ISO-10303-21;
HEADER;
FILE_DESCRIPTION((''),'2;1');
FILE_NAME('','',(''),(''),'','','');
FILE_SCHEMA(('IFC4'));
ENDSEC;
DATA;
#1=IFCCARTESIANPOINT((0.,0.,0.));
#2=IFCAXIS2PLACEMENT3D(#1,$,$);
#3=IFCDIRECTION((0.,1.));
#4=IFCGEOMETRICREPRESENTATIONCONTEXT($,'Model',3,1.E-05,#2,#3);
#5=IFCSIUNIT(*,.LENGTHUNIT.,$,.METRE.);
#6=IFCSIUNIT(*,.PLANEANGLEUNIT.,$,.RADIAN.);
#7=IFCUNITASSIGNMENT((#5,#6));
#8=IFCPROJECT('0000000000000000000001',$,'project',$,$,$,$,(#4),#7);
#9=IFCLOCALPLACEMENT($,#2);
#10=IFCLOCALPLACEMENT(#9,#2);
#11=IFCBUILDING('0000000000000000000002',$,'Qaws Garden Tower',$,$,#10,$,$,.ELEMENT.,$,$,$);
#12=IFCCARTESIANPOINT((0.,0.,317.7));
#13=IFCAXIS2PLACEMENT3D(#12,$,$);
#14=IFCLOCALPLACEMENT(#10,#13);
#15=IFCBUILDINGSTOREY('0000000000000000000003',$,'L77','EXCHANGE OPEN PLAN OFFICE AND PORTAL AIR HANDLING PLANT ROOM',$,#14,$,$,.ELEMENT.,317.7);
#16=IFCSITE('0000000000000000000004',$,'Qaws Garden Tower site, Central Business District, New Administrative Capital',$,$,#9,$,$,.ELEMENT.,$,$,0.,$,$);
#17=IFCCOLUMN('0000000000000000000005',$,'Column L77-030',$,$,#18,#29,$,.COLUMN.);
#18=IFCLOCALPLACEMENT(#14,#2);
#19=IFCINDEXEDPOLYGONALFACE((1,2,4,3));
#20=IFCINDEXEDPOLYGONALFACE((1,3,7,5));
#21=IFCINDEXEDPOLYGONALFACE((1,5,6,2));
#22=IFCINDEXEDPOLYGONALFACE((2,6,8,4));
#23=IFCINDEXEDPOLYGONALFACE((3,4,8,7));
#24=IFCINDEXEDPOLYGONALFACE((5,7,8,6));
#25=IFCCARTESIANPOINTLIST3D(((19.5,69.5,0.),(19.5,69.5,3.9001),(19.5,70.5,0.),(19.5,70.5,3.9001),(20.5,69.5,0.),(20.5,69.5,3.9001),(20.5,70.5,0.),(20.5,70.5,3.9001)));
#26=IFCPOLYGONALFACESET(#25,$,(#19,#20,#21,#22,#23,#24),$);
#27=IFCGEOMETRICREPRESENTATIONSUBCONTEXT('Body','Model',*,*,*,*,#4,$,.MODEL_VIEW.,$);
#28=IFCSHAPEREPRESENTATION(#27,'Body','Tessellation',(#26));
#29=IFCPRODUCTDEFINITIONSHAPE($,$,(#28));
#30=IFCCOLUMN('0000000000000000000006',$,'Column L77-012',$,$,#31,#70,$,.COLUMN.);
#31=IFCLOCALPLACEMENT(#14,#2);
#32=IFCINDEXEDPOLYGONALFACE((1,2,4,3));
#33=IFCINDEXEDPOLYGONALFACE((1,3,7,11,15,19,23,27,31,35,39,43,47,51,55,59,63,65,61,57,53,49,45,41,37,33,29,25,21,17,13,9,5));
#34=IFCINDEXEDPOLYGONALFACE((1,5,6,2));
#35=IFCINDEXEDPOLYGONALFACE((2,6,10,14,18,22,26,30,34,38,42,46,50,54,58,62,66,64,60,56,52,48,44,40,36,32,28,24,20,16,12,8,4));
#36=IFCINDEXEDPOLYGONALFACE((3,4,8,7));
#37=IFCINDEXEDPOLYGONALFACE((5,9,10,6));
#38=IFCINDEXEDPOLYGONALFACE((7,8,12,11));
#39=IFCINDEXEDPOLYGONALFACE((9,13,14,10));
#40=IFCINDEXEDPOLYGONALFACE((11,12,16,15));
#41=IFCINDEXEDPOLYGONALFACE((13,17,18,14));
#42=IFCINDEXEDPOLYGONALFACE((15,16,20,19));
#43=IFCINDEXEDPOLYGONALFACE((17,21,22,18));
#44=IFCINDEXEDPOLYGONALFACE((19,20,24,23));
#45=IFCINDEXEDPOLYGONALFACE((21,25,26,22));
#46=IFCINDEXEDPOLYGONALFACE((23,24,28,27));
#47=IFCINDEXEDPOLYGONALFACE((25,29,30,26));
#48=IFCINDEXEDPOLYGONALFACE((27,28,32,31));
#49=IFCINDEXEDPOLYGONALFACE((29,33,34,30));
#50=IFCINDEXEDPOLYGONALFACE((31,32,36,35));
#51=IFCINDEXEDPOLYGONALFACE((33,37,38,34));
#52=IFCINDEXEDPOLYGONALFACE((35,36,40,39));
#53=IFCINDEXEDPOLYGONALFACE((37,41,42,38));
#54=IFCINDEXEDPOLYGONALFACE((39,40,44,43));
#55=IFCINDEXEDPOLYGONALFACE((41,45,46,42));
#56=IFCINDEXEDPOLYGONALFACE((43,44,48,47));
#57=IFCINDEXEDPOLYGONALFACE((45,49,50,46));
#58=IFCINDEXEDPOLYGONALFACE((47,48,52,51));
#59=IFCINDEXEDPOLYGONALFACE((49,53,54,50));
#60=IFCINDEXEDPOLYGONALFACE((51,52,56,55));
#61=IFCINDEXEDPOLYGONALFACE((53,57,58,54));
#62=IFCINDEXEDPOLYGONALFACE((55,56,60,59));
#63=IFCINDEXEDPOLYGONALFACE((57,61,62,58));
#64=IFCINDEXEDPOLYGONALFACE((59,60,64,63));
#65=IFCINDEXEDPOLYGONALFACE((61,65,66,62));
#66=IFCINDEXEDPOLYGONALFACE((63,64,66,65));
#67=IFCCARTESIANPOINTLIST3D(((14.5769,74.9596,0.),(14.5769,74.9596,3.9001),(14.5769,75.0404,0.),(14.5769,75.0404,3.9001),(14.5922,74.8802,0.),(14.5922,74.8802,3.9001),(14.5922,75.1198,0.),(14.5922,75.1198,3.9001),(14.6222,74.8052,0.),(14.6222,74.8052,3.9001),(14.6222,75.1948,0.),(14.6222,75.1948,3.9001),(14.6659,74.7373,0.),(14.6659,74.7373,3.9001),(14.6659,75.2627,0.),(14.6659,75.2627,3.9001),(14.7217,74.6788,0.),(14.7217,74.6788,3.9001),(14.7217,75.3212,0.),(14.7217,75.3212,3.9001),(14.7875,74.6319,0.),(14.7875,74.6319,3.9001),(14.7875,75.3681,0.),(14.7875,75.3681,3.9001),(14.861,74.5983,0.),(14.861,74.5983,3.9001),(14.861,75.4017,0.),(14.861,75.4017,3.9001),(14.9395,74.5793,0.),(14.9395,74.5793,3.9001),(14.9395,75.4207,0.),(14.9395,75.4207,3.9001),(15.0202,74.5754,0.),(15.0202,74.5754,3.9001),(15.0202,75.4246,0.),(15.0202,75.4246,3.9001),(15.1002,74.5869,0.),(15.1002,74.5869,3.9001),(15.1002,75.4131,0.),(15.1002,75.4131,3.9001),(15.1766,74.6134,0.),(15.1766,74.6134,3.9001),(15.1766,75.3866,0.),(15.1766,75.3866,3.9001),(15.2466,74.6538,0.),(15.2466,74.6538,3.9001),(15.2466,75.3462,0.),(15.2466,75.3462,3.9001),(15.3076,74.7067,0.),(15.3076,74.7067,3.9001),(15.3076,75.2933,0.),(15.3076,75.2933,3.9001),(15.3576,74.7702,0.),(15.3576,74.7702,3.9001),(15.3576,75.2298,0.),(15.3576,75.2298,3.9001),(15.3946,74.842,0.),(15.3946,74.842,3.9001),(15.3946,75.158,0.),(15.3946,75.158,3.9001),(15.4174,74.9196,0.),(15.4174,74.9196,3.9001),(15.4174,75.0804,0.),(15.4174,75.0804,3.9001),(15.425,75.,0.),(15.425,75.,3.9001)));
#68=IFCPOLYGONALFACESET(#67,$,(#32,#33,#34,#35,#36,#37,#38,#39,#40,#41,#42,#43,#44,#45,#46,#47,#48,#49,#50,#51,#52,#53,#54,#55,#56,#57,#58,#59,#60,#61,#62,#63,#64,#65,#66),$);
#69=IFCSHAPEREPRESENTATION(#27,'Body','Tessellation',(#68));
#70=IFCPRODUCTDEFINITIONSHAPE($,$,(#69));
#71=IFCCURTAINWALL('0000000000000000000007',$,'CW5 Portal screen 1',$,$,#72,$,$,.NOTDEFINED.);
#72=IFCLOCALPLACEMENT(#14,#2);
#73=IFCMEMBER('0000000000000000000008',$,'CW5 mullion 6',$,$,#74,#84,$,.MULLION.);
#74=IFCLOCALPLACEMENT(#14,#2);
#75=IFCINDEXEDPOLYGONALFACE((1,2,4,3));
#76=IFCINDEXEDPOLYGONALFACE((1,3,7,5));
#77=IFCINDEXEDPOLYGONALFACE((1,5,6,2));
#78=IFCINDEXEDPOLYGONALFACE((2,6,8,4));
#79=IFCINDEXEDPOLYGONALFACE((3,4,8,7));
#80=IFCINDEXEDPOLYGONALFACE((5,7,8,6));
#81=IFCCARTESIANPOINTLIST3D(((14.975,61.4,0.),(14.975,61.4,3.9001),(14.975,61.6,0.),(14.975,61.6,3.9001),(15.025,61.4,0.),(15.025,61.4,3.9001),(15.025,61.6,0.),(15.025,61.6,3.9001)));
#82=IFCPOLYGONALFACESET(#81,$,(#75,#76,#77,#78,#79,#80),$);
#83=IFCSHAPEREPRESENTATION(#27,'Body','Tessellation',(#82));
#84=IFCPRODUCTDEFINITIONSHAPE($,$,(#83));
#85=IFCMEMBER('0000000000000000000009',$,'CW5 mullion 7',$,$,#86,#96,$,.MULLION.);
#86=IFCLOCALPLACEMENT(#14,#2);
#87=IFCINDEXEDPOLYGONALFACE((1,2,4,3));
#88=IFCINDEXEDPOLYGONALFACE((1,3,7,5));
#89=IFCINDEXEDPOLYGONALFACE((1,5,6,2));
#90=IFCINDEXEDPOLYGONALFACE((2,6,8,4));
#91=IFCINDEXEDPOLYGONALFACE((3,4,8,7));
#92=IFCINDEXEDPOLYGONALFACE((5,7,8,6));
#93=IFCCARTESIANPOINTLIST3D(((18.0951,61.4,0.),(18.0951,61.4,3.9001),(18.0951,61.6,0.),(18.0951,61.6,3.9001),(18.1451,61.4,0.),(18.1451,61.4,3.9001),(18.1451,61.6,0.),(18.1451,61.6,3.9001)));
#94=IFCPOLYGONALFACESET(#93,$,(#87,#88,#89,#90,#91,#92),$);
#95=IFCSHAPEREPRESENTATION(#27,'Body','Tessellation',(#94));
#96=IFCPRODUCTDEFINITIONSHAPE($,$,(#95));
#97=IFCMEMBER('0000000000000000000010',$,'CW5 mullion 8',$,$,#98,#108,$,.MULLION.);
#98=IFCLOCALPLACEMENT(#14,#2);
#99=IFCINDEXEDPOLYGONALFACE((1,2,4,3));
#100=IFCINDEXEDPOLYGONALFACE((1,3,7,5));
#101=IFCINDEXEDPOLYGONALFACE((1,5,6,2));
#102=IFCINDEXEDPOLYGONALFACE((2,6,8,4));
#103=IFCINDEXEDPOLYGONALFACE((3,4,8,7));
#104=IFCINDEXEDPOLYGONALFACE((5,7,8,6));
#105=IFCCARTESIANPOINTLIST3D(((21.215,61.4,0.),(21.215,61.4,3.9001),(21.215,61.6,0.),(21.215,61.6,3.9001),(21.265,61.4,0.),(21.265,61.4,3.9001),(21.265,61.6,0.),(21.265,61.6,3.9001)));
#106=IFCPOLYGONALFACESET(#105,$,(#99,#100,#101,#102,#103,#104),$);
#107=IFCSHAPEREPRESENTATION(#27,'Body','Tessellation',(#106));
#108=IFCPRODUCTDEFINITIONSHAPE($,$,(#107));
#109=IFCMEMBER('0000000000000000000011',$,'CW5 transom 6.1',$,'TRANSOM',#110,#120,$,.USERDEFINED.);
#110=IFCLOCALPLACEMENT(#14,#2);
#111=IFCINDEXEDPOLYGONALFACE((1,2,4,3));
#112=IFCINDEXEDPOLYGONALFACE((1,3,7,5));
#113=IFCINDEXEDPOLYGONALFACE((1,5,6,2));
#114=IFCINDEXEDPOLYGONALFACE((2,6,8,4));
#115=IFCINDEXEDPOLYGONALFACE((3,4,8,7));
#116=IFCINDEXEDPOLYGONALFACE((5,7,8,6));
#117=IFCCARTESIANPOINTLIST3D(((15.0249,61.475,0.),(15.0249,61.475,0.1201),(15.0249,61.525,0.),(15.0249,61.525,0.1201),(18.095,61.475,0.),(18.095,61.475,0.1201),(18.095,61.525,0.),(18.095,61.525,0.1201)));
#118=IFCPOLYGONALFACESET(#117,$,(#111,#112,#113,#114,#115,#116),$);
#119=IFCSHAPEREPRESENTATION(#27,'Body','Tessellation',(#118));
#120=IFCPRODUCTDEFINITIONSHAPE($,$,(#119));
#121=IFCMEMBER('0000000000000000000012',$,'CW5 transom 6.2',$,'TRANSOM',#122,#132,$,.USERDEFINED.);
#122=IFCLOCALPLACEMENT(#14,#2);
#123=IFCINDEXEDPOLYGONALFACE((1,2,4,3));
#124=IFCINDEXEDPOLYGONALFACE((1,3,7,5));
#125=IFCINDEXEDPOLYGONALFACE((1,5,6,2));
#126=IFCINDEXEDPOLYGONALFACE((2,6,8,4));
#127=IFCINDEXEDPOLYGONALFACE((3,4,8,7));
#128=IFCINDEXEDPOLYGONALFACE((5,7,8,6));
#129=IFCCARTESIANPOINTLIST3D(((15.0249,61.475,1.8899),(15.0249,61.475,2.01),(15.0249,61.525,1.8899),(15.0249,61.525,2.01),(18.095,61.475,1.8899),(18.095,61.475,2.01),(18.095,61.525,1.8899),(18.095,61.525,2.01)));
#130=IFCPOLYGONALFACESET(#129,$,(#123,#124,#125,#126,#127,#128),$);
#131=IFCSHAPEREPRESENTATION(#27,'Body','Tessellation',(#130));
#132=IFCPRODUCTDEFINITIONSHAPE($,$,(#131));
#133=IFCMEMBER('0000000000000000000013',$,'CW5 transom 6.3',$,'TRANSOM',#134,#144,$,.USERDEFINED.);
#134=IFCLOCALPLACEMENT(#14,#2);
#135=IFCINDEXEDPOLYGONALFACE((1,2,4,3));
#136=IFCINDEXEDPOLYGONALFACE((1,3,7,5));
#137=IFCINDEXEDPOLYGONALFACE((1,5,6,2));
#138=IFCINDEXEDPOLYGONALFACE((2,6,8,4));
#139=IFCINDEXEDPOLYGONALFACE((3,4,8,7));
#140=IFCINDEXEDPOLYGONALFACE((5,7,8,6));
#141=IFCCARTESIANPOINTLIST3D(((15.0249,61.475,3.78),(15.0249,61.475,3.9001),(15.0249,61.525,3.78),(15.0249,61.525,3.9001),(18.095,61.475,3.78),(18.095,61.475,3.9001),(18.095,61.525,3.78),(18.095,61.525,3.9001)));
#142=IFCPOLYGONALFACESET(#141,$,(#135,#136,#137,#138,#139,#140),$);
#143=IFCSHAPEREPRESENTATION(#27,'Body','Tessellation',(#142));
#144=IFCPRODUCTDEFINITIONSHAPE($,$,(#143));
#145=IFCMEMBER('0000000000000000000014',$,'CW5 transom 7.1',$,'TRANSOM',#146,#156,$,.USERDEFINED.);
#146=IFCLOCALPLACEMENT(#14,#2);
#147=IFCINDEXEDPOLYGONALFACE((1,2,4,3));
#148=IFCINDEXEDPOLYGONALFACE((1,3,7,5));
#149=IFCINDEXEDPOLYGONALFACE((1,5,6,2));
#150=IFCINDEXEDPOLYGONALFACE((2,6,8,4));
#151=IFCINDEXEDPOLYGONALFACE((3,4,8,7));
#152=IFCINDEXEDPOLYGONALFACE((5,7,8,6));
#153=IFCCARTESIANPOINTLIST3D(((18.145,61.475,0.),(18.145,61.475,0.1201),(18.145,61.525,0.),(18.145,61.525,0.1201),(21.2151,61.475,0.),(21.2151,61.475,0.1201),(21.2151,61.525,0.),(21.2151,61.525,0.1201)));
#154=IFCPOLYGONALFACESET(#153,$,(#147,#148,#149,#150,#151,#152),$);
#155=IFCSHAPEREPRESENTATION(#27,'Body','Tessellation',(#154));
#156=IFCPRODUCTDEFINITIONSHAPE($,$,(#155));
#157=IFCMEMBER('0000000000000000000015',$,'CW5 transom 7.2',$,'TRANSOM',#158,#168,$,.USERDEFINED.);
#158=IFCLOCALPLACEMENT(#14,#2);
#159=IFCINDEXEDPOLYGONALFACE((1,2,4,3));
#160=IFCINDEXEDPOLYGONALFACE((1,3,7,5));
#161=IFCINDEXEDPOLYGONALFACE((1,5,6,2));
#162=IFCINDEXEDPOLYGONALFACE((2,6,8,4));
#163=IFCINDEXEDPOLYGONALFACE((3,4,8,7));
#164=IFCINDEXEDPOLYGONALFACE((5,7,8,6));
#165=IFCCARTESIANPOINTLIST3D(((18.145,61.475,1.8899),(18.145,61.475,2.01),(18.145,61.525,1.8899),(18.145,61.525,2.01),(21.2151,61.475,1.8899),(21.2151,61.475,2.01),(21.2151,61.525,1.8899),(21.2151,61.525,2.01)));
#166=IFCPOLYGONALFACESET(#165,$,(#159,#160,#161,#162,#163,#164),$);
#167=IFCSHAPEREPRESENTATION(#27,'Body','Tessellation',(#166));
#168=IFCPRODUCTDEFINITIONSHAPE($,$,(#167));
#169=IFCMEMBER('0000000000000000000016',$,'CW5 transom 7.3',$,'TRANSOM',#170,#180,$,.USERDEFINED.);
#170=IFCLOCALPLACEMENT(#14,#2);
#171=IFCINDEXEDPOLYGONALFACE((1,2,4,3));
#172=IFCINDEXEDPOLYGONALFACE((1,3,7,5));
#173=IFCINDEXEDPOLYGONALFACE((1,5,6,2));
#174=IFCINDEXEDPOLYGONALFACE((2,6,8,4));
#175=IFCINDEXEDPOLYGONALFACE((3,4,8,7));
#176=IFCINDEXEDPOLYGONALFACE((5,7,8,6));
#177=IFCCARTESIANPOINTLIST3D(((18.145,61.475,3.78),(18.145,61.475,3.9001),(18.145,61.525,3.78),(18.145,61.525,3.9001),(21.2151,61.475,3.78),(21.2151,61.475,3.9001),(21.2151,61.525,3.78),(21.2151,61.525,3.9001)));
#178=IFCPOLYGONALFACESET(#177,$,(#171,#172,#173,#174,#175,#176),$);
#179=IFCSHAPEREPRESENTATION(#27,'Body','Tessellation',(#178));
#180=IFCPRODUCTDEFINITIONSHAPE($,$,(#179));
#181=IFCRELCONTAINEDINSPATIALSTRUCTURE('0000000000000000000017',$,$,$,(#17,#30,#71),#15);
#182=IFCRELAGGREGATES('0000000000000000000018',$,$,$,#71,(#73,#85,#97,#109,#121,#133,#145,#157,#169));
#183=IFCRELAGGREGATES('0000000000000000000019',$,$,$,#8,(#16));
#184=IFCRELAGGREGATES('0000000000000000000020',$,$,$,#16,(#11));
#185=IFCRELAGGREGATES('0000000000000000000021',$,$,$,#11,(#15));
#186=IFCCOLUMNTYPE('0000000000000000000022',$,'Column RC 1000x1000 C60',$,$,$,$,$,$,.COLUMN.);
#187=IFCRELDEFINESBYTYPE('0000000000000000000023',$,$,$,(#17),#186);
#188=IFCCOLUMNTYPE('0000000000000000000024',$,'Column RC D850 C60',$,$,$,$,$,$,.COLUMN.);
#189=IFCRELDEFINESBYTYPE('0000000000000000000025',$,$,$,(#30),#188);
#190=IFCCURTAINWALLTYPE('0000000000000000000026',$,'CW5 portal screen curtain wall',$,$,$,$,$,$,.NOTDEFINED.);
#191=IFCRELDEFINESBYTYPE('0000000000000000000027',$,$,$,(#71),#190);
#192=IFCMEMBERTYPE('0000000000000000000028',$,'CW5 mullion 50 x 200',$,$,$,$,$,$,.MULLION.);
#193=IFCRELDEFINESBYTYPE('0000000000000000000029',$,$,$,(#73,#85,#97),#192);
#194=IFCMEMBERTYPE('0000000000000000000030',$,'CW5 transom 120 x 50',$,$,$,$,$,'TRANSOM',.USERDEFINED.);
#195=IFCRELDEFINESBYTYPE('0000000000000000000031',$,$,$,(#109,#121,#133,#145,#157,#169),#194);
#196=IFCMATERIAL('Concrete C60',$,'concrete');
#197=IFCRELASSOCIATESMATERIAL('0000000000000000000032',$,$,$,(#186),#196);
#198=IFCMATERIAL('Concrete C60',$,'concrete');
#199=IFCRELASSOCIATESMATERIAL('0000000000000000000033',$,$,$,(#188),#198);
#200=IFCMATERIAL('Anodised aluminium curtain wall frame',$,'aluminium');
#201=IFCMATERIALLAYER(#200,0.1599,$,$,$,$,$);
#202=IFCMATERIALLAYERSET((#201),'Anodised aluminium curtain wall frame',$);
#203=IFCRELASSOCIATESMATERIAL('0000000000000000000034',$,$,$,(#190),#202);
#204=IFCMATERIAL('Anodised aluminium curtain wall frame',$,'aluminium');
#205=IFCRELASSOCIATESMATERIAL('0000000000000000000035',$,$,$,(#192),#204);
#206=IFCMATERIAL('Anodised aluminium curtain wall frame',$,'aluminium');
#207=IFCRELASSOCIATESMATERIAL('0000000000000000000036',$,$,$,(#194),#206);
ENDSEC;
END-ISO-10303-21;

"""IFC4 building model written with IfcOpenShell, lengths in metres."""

from ifc_helpers import new_model, si_unit, direction, frame, origin, origin_2d, place, context, subcontext, project, spatial, rectangle, circle, extrude, material, layer, layer_set, material_profile, profile_set, type_object, element, aggregate, save


model = new_model("IFC4")

# Units and contexts
model_context = context("Model", 3, precision=1e-05, world=origin(), true_north=direction((0.0, 1.0)))
body_context = subcontext(model_context, "Body", "Model", "MODEL_VIEW")
ifc_project = project(units=[si_unit("LENGTHUNIT", "METRE"), si_unit("PLANEANGLEUNIT", "RADIAN")], contexts=[model_context])

# Site, building, storey
site_placement = place(None, origin())
site = spatial("IfcSite", under=ifc_project, at=site_placement, Name="Qaws Garden Tower site, Central Business District, New Administrative Capital", CompositionType="ELEMENT", RefElevation=0.0)
building_placement = place(site_placement, origin())
building = spatial("IfcBuilding", under=site, at=building_placement, Name="Qaws Garden Tower", CompositionType="ELEMENT")
storey_placement = place(building_placement, frame((0.0, 0.0, 317.7)))
storey = spatial("IfcBuildingStorey", under=building, at=storey_placement, Name="L77", Description="EXCHANGE OPEN PLAN OFFICE AND PORTAL AIR HANDLING PLANT ROOM", CompositionType="ELEMENT", Elevation=317.7)

# Columns
ifc_material_1 = material(Name="Concrete C60", Category="concrete")
ifc_material_profile_1 = material_profile(ifc_material_1, rectangle(XDim=1.0, YDim=1.0, at=origin_2d()), Name="RC 1000x1000")
ifc_profile_set_1 = profile_set([ifc_material_profile_1], Name="Concrete C60")
column_type_1 = type_object("IfcColumnType", Name="Column RC 1000x1000 C60", PredefinedType="COLUMN", material=ifc_profile_set_1)
column_1_placement = place(storey_placement, frame((20.0, 70.0, 0.0), z_axis=(0.0, 0.0, 1.0), x_axis=(1.0, 0.0, 0.0)))
element("IfcColumn", 1, at=column_1_placement, inside=storey, type_object=column_type_1, Name="Column L77-030", PredefinedType="COLUMN", context=body_context, shape_type="SweptSolid", body=[
    extrude(rectangle(XDim=1.0, YDim=1.0, at=origin_2d()), origin(), (0.0, 0.0, 1.0), 3.9001),
])
ifc_material_2 = material(Name="Concrete C60", Category="concrete")
ifc_material_profile_2 = material_profile(ifc_material_2, circle(Radius=0.425, at=origin_2d()), Name="RC D850")
ifc_profile_set_2 = profile_set([ifc_material_profile_2], Name="Concrete C60")
column_type_2 = type_object("IfcColumnType", Name="Column RC D850 C60", PredefinedType="COLUMN", material=ifc_profile_set_2)
column_2_placement = place(storey_placement, frame((15.0, 75.0, 0.0), z_axis=(0.0, 0.0, 1.0), x_axis=(1.0, 0.0, 0.0)))
element("IfcColumn", 2, at=column_2_placement, inside=storey, type_object=column_type_2, Name="Column L77-012", PredefinedType="COLUMN", context=body_context, shape_type="SweptSolid", body=[
    extrude(circle(Radius=0.425, at=origin_2d()), origin(), (0.0, 0.0, 1.0), 3.9001),
])

# Curtain wall, members
ifc_material_3 = material(Name="Anodised aluminium curtain wall frame", Category="aluminium")
ifc_layer_1 = layer(ifc_material_3, 0.1599)
ifc_layer_set_1 = layer_set([ifc_layer_1], Name="Anodised aluminium curtain wall frame")
curtain_wall_type = type_object("IfcCurtainWallType", Name="CW5 portal screen curtain wall", PredefinedType="NOTDEFINED", material=ifc_layer_set_1)
placement = place(storey_placement, origin())
curtain_wall = element("IfcCurtainWall", 3, at=placement, inside=storey, type_object=curtain_wall_type, Name="CW5 Portal screen 1", PredefinedType="NOTDEFINED")
ifc_material_4 = material(Name="Anodised aluminium curtain wall frame", Category="aluminium")
ifc_material_profile_3 = material_profile(ifc_material_4, rectangle(XDim=0.2, YDim=0.05, at=origin_2d()), Name="AL 50x200")
ifc_profile_set_3 = profile_set([ifc_material_profile_3], Name="Anodised aluminium curtain wall frame")
member_type_1 = type_object("IfcMemberType", Name="CW5 mullion 50 x 200", PredefinedType="MULLION", material=ifc_profile_set_3)
member_1_placement = place(storey_placement, frame((15.0, 61.5, 0.0), z_axis=(0.0, 0.0, 1.0), x_axis=(0.0, 1.0, 0.0)))
member_1 = element("IfcMember", 4, at=member_1_placement, type_object=member_type_1, Name="CW5 mullion 6", PredefinedType="MULLION", context=body_context, shape_type="SweptSolid", body=[
    extrude(rectangle(XDim=0.2, YDim=0.05, at=origin_2d()), origin(), (0.0, 0.0, 1.0), 3.9001),
])
member_2_placement = place(storey_placement, frame((18.1201, 61.5, 0.0), z_axis=(0.0, 0.0, 1.0), x_axis=(0.0, 1.0, 0.0)))
member_2 = element("IfcMember", 5, at=member_2_placement, type_object=member_type_1, Name="CW5 mullion 7", PredefinedType="MULLION", context=body_context, shape_type="SweptSolid", body=[
    extrude(rectangle(XDim=0.2, YDim=0.05, at=origin_2d()), origin(), (0.0, 0.0, 1.0), 3.9001),
])
member_3_placement = place(storey_placement, frame((21.24, 61.5, 0.0), z_axis=(0.0, 0.0, 1.0), x_axis=(0.0, 1.0, 0.0)))
member_3 = element("IfcMember", 6, at=member_3_placement, type_object=member_type_1, Name="CW5 mullion 8", PredefinedType="MULLION", context=body_context, shape_type="SweptSolid", body=[
    extrude(rectangle(XDim=0.2, YDim=0.05, at=origin_2d()), origin(), (0.0, 0.0, 1.0), 3.9001),
])
ifc_material_5 = material(Name="Anodised aluminium curtain wall frame", Category="aluminium")
ifc_material_profile_4 = material_profile(ifc_material_5, rectangle(XDim=0.05, YDim=0.1201, at=origin_2d()), Name="AL 50x120")
ifc_profile_set_4 = profile_set([ifc_material_profile_4], Name="Anodised aluminium curtain wall frame")
member_type_2 = type_object("IfcMemberType", Name="CW5 transom 120 x 50", ElementType="TRANSOM", PredefinedType="USERDEFINED", material=ifc_profile_set_4)
member_4_placement = place(storey_placement, frame((15.0249, 61.5, 0.0601), z_axis=(1.0, 0.0, 0.0), x_axis=(0.0, 1.0, 0.0)))
member_4 = element("IfcMember", 7, at=member_4_placement, type_object=member_type_2, Name="CW5 transom 6.1", ObjectType="TRANSOM", PredefinedType="USERDEFINED", context=body_context, shape_type="SweptSolid", body=[
    extrude(rectangle(XDim=0.05, YDim=0.1201, at=origin_2d()), origin(), (0.0, 0.0, 1.0), 3.0701),
])
member_5_placement = place(storey_placement, frame((15.0249, 61.5, 1.95), z_axis=(1.0, 0.0, 0.0), x_axis=(0.0, 1.0, 0.0)))
member_5 = element("IfcMember", 8, at=member_5_placement, type_object=member_type_2, Name="CW5 transom 6.2", ObjectType="TRANSOM", PredefinedType="USERDEFINED", context=body_context, shape_type="SweptSolid", body=[
    extrude(rectangle(XDim=0.05, YDim=0.1201, at=origin_2d()), origin(), (0.0, 0.0, 1.0), 3.0701),
])
member_6_placement = place(storey_placement, frame((15.0249, 61.5, 3.8401), z_axis=(1.0, 0.0, 0.0), x_axis=(0.0, 1.0, 0.0)))
member_6 = element("IfcMember", 9, at=member_6_placement, type_object=member_type_2, Name="CW5 transom 6.3", ObjectType="TRANSOM", PredefinedType="USERDEFINED", context=body_context, shape_type="SweptSolid", body=[
    extrude(rectangle(XDim=0.05, YDim=0.1201, at=origin_2d()), origin(), (0.0, 0.0, 1.0), 3.0701),
])
member_7_placement = place(storey_placement, frame((18.145, 61.5, 0.0601), z_axis=(1.0, 0.0, 0.0), x_axis=(0.0, 1.0, 0.0)))
member_7 = element("IfcMember", 10, at=member_7_placement, type_object=member_type_2, Name="CW5 transom 7.1", ObjectType="TRANSOM", PredefinedType="USERDEFINED", context=body_context, shape_type="SweptSolid", body=[
    extrude(rectangle(XDim=0.05, YDim=0.1201, at=origin_2d()), origin(), (0.0, 0.0, 1.0), 3.0701),
])
member_8_placement = place(storey_placement, frame((18.145, 61.5, 1.95), z_axis=(1.0, 0.0, 0.0), x_axis=(0.0, 1.0, 0.0)))
member_8 = element("IfcMember", 11, at=member_8_placement, type_object=member_type_2, Name="CW5 transom 7.2", ObjectType="TRANSOM", PredefinedType="USERDEFINED", context=body_context, shape_type="SweptSolid", body=[
    extrude(rectangle(XDim=0.05, YDim=0.1201, at=origin_2d()), origin(), (0.0, 0.0, 1.0), 3.0701),
])
member_9_placement = place(storey_placement, frame((18.145, 61.5, 3.8401), z_axis=(1.0, 0.0, 0.0), x_axis=(0.0, 1.0, 0.0)))
member_9 = element("IfcMember", 12, at=member_9_placement, type_object=member_type_2, Name="CW5 transom 7.3", ObjectType="TRANSOM", PredefinedType="USERDEFINED", context=body_context, shape_type="SweptSolid", body=[
    extrude(rectangle(XDim=0.05, YDim=0.1201, at=origin_2d()), origin(), (0.0, 0.0, 1.0), 3.0701),
])

aggregate(curtain_wall, [member_1, member_2, member_3, member_4, member_5, member_6, member_7, member_8, member_9])

save(model, "model.ifc")
